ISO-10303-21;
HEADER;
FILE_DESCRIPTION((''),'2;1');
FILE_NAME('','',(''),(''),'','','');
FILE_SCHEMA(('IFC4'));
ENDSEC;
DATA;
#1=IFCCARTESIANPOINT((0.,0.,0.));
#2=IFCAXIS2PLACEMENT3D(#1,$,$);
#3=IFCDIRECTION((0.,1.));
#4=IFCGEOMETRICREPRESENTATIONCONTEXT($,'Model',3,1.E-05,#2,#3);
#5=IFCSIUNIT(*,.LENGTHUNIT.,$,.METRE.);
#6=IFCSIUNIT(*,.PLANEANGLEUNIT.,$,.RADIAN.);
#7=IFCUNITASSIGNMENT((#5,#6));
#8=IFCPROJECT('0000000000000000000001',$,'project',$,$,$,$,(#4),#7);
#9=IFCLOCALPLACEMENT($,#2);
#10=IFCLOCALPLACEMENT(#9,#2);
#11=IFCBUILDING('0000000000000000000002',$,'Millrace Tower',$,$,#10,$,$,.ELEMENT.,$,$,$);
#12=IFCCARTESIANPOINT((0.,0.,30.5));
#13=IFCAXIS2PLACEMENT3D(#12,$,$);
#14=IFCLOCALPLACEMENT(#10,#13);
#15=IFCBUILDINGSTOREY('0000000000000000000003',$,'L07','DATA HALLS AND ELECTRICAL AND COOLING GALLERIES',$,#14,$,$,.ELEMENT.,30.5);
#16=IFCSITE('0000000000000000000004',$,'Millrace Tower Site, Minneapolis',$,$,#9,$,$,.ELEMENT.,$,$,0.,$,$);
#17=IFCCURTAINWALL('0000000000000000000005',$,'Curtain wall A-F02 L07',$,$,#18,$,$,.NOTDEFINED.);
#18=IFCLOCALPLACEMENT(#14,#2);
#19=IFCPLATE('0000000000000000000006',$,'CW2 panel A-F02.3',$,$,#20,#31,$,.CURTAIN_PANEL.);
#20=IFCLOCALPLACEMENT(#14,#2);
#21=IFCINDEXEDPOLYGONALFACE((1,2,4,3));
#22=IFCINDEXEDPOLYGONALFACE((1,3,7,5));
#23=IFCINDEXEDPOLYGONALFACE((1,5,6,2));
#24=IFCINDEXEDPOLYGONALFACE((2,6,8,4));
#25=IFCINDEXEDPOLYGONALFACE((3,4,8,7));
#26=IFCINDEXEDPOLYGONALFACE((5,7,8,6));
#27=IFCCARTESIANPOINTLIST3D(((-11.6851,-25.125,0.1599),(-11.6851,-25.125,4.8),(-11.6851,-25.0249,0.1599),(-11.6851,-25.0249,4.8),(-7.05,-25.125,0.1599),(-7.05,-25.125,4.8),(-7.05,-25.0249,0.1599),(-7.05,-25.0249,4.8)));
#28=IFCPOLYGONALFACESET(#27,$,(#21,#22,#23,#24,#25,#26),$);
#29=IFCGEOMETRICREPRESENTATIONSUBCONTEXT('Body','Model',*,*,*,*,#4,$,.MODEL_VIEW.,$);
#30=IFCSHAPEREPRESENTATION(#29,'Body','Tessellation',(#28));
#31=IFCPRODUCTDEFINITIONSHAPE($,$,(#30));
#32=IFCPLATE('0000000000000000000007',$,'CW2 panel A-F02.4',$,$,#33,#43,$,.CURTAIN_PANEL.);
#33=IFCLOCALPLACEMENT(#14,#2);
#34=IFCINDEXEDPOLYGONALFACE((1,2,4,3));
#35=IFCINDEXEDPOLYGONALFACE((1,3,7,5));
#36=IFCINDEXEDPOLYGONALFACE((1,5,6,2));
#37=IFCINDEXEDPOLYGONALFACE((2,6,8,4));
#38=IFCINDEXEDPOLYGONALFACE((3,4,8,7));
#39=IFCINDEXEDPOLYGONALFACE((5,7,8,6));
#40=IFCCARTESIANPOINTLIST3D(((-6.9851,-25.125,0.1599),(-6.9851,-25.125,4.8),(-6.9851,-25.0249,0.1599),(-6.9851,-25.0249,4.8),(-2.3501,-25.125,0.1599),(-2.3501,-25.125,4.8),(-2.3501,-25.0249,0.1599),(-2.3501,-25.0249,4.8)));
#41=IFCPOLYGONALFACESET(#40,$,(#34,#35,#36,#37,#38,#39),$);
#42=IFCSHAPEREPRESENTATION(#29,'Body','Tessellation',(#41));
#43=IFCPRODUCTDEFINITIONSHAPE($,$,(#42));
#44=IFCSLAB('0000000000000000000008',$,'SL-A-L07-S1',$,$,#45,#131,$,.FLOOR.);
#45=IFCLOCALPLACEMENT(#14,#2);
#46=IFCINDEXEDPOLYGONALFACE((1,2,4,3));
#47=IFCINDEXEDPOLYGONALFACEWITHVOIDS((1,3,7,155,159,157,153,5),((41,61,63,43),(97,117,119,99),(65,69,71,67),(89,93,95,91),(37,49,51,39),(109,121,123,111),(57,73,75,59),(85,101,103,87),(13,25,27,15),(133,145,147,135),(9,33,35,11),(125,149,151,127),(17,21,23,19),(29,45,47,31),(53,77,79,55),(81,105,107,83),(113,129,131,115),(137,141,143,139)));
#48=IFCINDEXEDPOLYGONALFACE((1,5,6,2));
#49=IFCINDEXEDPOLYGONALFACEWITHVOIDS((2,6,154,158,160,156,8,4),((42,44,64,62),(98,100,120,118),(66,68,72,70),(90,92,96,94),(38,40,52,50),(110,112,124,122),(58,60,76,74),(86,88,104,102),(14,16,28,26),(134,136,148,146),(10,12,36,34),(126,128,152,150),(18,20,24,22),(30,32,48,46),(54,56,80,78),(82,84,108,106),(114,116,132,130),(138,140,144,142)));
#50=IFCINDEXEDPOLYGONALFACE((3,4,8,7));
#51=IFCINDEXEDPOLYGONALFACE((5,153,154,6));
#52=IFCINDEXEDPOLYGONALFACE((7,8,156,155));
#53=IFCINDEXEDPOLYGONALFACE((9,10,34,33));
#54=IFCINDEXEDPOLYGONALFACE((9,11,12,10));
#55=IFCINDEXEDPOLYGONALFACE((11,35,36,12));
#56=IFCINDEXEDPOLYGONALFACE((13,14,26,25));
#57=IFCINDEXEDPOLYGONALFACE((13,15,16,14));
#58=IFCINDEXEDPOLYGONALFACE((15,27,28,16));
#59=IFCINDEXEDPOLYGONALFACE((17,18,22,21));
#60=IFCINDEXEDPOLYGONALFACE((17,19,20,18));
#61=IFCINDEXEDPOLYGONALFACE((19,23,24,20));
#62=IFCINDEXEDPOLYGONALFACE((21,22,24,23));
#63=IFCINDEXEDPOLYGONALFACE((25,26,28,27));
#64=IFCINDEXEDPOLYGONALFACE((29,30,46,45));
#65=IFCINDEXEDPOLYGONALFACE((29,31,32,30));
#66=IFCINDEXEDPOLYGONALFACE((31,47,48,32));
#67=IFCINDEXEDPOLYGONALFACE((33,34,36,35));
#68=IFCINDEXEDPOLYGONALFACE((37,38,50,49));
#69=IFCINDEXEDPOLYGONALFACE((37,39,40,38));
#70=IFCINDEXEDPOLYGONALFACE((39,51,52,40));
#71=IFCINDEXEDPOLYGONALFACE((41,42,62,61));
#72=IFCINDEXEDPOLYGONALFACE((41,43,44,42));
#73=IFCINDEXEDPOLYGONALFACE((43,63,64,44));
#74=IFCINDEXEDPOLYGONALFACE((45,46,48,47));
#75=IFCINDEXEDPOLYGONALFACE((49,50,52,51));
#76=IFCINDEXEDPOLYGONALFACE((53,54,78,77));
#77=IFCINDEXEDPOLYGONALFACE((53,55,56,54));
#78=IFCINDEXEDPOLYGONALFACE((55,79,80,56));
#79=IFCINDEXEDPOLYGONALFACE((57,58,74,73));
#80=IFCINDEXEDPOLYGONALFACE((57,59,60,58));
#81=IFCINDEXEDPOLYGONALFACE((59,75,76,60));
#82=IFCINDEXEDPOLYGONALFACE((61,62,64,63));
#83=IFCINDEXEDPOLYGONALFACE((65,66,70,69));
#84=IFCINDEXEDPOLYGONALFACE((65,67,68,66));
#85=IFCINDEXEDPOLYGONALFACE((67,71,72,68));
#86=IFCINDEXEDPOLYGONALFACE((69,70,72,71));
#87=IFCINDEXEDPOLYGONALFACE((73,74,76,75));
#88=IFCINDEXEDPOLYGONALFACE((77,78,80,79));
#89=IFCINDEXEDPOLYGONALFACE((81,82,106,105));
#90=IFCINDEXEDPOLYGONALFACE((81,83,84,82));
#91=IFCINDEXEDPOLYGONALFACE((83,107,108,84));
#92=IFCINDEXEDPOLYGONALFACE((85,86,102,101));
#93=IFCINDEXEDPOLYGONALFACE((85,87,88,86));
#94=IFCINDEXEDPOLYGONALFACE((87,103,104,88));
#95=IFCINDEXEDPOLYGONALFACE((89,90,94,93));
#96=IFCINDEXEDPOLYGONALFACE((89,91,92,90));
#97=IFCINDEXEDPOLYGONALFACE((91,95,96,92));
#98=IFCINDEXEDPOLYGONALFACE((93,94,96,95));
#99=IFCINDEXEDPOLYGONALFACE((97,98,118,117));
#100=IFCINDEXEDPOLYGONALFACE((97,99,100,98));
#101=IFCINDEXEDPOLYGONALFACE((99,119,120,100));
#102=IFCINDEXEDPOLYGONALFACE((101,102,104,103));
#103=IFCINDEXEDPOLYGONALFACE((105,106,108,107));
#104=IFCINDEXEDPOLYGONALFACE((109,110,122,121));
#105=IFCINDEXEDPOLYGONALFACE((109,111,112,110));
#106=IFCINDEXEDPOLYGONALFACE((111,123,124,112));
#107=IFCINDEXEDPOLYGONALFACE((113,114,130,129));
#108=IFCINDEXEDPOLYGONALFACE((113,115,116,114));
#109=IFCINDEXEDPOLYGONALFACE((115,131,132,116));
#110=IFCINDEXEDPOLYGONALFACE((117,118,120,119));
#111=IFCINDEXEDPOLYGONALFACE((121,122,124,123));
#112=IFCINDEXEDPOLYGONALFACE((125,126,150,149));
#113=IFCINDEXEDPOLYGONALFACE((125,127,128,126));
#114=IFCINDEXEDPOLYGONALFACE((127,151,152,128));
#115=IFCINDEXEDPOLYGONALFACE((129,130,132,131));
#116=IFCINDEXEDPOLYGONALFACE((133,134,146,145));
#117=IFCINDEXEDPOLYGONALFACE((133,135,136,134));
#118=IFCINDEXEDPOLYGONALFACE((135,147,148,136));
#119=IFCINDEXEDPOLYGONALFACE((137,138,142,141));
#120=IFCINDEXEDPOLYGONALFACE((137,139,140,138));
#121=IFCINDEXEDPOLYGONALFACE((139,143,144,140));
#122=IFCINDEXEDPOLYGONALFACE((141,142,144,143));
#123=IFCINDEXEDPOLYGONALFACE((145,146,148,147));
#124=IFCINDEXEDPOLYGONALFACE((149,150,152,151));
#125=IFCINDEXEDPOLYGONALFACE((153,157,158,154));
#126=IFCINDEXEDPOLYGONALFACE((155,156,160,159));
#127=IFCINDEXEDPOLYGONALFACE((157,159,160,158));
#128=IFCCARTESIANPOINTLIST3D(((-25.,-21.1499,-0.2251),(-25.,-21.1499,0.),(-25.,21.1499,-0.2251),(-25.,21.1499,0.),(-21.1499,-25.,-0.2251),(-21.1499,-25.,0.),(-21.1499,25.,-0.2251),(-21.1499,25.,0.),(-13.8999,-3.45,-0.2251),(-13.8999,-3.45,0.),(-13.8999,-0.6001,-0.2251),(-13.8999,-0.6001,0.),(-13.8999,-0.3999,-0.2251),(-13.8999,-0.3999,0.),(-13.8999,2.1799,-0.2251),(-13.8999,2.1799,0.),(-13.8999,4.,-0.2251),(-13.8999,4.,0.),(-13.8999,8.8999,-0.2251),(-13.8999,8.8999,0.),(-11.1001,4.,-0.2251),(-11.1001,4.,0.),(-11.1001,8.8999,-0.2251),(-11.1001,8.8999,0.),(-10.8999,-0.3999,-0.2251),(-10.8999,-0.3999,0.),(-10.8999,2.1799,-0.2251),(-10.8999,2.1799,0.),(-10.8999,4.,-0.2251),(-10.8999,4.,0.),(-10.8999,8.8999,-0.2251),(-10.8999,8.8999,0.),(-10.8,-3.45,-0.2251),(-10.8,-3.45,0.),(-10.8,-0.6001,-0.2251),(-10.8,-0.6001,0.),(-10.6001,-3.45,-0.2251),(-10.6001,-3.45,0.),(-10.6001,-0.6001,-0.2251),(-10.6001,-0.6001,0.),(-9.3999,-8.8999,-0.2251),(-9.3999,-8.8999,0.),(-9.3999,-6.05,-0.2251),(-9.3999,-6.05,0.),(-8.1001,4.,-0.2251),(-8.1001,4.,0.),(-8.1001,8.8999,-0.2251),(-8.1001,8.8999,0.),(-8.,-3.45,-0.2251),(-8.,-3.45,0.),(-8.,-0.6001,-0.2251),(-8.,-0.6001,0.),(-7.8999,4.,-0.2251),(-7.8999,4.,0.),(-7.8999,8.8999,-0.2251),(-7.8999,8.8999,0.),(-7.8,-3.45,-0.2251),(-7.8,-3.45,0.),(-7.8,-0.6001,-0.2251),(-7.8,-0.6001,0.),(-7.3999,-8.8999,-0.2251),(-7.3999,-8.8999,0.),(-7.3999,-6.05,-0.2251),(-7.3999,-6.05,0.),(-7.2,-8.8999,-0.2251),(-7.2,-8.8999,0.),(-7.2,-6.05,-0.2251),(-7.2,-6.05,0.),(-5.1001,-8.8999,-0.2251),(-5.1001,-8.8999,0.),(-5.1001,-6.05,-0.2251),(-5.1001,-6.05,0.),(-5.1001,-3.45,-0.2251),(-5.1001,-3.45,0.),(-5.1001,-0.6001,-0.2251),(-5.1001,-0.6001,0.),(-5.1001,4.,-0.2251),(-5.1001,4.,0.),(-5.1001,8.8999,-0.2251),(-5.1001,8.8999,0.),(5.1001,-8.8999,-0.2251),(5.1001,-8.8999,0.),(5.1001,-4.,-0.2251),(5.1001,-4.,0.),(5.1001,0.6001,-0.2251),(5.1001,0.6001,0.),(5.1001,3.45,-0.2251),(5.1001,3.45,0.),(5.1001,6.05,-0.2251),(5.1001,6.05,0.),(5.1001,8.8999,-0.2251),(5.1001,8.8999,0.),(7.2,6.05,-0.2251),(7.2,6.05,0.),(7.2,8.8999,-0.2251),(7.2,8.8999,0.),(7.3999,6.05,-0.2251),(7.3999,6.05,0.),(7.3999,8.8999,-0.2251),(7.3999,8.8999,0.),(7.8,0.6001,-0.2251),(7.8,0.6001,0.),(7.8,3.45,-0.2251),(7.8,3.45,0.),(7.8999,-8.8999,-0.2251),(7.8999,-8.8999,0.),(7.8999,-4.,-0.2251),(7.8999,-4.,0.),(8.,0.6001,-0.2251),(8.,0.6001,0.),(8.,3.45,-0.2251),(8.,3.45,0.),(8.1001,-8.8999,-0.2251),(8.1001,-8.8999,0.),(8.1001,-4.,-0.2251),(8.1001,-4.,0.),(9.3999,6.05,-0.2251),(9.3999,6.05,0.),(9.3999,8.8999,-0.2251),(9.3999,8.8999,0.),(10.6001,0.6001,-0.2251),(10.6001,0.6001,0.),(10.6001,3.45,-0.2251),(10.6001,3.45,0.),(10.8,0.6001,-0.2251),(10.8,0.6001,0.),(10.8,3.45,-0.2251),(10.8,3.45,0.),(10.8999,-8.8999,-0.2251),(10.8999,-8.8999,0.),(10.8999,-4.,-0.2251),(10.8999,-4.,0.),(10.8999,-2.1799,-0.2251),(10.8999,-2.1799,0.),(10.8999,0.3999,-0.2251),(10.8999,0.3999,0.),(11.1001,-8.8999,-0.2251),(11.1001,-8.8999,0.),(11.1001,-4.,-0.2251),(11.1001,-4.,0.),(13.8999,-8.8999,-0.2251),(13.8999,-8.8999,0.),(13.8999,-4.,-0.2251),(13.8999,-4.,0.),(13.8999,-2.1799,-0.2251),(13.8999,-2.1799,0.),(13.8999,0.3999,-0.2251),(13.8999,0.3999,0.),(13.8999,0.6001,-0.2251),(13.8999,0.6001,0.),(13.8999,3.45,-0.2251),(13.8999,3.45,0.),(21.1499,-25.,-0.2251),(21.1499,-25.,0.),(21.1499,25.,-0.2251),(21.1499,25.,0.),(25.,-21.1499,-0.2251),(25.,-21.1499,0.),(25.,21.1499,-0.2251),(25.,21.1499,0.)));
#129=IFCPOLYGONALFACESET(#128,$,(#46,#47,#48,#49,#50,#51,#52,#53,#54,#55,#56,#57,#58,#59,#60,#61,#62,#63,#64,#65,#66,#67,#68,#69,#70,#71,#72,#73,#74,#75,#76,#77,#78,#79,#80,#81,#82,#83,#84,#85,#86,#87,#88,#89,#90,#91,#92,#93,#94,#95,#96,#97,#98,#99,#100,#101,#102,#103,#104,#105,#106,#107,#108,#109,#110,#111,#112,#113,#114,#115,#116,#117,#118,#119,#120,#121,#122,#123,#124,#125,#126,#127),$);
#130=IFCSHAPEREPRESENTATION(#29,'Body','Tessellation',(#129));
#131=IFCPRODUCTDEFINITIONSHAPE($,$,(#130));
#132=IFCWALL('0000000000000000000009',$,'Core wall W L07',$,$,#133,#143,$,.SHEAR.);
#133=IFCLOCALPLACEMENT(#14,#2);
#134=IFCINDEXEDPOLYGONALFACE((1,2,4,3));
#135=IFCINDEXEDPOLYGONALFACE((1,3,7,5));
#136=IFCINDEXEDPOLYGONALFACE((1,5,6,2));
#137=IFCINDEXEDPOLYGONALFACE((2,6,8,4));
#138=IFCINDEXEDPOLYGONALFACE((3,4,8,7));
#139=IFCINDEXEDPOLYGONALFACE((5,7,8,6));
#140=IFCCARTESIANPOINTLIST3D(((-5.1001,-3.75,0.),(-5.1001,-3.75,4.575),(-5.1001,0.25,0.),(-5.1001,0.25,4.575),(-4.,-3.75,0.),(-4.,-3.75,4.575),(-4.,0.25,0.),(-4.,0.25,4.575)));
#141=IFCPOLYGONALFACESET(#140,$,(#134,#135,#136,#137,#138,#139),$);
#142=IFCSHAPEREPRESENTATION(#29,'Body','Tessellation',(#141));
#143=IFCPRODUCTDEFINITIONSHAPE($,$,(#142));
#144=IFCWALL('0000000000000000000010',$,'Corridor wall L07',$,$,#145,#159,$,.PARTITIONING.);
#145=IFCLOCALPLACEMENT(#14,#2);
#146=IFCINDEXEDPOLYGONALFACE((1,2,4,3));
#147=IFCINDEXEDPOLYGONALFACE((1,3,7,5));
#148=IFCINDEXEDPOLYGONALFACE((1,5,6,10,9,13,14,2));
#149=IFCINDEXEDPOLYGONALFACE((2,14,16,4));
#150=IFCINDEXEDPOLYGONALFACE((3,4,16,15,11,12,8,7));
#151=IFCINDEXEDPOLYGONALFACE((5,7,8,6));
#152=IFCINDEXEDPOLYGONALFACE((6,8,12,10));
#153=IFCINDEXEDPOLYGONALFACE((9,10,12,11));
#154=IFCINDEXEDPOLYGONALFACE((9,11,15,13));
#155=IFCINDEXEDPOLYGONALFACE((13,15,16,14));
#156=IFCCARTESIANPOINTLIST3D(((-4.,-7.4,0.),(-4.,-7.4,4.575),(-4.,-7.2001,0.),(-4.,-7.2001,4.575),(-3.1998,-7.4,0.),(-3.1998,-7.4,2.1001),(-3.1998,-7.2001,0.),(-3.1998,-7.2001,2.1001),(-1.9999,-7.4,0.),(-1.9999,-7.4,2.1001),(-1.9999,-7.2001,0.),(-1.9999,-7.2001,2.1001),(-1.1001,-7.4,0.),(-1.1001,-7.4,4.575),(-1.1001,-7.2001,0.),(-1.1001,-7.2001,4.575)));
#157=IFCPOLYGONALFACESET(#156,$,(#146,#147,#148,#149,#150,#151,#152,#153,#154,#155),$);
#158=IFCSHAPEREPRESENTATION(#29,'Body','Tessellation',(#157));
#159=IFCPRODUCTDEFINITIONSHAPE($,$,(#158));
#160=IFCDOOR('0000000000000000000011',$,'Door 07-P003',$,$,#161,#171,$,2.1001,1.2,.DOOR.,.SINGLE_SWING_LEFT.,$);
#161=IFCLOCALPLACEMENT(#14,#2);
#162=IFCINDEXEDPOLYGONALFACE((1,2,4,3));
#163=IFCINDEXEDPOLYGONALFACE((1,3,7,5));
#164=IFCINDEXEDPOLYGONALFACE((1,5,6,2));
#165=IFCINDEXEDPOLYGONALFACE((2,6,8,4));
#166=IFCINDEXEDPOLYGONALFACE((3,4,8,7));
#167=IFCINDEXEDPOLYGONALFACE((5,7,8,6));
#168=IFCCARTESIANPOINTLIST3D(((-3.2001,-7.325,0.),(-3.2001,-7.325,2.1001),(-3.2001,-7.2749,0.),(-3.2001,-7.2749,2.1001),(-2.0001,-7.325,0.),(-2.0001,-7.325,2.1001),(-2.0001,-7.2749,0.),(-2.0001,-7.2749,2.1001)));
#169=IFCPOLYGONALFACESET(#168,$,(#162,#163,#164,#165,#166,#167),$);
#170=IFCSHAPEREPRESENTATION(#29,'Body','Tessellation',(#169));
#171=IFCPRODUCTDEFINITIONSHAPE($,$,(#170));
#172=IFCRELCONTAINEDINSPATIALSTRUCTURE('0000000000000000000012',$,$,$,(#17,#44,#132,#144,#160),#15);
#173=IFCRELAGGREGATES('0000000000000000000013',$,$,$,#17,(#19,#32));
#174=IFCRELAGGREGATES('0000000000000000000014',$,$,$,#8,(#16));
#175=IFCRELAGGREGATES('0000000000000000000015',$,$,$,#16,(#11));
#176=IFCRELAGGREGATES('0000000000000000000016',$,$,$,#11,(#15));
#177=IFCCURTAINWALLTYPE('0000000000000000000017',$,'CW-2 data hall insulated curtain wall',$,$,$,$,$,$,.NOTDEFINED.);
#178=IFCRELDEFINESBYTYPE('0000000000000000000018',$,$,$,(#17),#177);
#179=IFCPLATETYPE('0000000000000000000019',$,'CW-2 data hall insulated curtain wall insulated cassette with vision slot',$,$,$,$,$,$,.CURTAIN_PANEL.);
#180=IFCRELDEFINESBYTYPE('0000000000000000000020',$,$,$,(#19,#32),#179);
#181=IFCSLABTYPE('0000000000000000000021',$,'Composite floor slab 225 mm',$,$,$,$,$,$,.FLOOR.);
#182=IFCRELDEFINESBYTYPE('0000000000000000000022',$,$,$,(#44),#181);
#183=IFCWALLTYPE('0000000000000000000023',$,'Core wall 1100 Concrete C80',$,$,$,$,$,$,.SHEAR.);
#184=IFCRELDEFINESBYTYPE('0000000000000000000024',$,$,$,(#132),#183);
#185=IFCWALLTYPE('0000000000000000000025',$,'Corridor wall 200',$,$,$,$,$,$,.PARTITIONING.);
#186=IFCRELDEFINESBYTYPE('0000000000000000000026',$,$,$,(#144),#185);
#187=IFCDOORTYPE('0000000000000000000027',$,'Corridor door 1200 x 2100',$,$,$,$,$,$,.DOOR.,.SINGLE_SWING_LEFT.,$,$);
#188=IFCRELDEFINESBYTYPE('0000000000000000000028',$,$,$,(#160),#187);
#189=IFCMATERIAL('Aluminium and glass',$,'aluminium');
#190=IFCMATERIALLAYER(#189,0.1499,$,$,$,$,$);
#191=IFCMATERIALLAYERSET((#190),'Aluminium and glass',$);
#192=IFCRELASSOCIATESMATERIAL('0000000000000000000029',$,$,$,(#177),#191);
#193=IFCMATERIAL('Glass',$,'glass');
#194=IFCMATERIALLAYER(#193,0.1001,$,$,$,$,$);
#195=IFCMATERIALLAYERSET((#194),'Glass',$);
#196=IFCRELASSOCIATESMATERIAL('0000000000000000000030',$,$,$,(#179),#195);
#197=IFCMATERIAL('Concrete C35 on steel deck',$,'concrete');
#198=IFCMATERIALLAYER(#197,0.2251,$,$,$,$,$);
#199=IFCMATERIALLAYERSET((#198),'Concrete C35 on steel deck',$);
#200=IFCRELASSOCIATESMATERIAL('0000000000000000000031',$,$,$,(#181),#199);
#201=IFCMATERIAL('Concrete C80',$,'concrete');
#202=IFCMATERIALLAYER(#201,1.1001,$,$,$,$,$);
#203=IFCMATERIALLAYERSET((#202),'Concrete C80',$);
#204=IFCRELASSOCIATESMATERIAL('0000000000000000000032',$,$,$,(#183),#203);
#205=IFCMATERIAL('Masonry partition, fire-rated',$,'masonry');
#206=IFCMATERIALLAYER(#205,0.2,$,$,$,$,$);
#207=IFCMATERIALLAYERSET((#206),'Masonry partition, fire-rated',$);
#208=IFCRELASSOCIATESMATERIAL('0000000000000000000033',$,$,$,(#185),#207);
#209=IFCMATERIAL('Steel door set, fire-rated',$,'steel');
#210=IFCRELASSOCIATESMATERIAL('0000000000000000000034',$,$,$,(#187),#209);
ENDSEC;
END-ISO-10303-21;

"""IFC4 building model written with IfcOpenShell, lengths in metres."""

from ifc_helpers import new_model, si_unit, direction, frame, frame_2d, origin, place, context, subcontext, project, spatial, polyline, rectangle, outline, extrude, material, layer, layer_set, type_object, element, fill, aggregate, save


model = new_model("IFC4")

# Units and contexts
model_context = context("Model", 3, precision=1e-05, world=origin(), true_north=direction((0.0, 1.0)))
body_context = subcontext(model_context, "Body", "Model", "MODEL_VIEW")
ifc_project = project(units=[si_unit("LENGTHUNIT", "METRE"), si_unit("PLANEANGLEUNIT", "RADIAN")], contexts=[model_context])

# Site, building, storey
site_placement = place(None, origin())
site = spatial("IfcSite", under=ifc_project, at=site_placement, Name="Millrace Tower Site, Minneapolis", CompositionType="ELEMENT", RefElevation=0.0)
building_placement = place(site_placement, origin())
building = spatial("IfcBuilding", under=site, at=building_placement, Name="Millrace Tower", CompositionType="ELEMENT")
storey_placement = place(building_placement, frame((0.0, 0.0, 30.5)))
storey = spatial("IfcBuildingStorey", under=building, at=storey_placement, Name="L07", Description="DATA HALLS AND ELECTRICAL AND COOLING GALLERIES", CompositionType="ELEMENT", Elevation=30.5)

# Shared definitions
ifc_material_1 = material(Name="Aluminium and glass", Category="aluminium")
ifc_layer_1 = layer(ifc_material_1, 0.1499)
ifc_layer_set_1 = layer_set([ifc_layer_1], Name="Aluminium and glass")
curtain_wall_type = type_object("IfcCurtainWallType", Name="CW-2 data hall insulated curtain wall", PredefinedType="NOTDEFINED", material=ifc_layer_set_1)
placement_1 = place(storey_placement, origin())
ifc_material_2 = material(Name="Glass", Category="glass")
ifc_layer_2 = layer(ifc_material_2, 0.1001)
ifc_layer_set_2 = layer_set([ifc_layer_2], Name="Glass")
plate_type = type_object("IfcPlateType", Name="CW-2 data hall insulated curtain wall insulated cassette with vision slot", PredefinedType="CURTAIN_PANEL", material=ifc_layer_set_2)
placement_2 = place(storey_placement, frame((0.0, 0.0, 0.1599)))

# Curtain wall, plates
curtain_wall_1 = element("IfcCurtainWall", 1, at=placement_1, inside=storey, type_object=curtain_wall_type, Name="Curtain wall A-F02 L07", PredefinedType="NOTDEFINED")
plate_1 = element("IfcPlate", 2, at=placement_2, type_object=plate_type, Name="CW2 panel A-F02.3", PredefinedType="CURTAIN_PANEL", context=body_context, shape_type="SweptSolid", body=[
    extrude(outline(polyline([(-11.6851, -25.125), (-7.05, -25.125), (-7.05, -25.0249), (-11.6851, -25.0249), (-11.6851, -25.125)])), origin(), (0.0, 0.0, 1.0), 4.6401),
])
plate_2 = element("IfcPlate", 3, at=placement_2, type_object=plate_type, Name="CW2 panel A-F02.4", PredefinedType="CURTAIN_PANEL", context=body_context, shape_type="SweptSolid", body=[
    extrude(outline(polyline([(-6.9851, -25.125), (-2.3501, -25.125), (-2.3501, -25.0249), (-6.9851, -25.0249), (-6.9851, -25.125)])), origin(), (0.0, 0.0, 1.0), 4.6401),
])
aggregate(curtain_wall_1, [plate_1, plate_2])

# Slab
ifc_material_3 = material(Name="Concrete C35 on steel deck", Category="concrete")
ifc_layer_3 = layer(ifc_material_3, 0.2251)
ifc_layer_set_3 = layer_set([ifc_layer_3], Name="Concrete C35 on steel deck")
slab_type = type_object("IfcSlabType", Name="Composite floor slab 225 mm", PredefinedType="FLOOR", material=ifc_layer_set_3)
slab_placement = place(storey_placement, frame((0.0, 0.0, -0.2251)))
element("IfcSlab", 4, at=slab_placement, inside=storey, type_object=slab_type, Name="SL-A-L07-S1", PredefinedType="FLOOR", context=body_context, shape_type="SweptSolid", body=[
    extrude(outline(polyline([(-25.0, -21.1499), (-21.1499, -25.0), (21.1499, -25.0), (25.0, -21.1499), (25.0, 21.1499), (21.1499, 25.0), (-21.1499, 25.0), (-25.0, 21.1499), (-25.0, -21.1499)]), holes=[polyline([(-9.3999, -8.8999), (-7.3999, -8.8999), (-7.3999, -6.05), (-9.3999, -6.05), (-9.3999, -8.8999)]), polyline([(-7.2, -8.8999), (-5.1001, -8.8999), (-5.1001, -6.05), (-7.2, -6.05), (-7.2, -8.8999)]), polyline([(-13.8999, -3.45), (-10.8, -3.45), (-10.8, -0.6001), (-13.8999, -0.6001), (-13.8999, -3.45)]), polyline([(-10.6001, -3.45), (-8.0, -3.45), (-8.0, -0.6001), (-10.6001, -0.6001), (-10.6001, -3.45)]), polyline([(-7.8, -3.45), (-5.1001, -3.45), (-5.1001, -0.6001), (-7.8, -0.6001), (-7.8, -3.45)]), polyline([(-13.8999, -0.3999), (-10.8999, -0.3999), (-10.8999, 2.1799), (-13.8999, 2.1799), (-13.8999, -0.3999)]), polyline([(-13.8999, 4.0), (-11.1001, 4.0), (-11.1001, 8.8999), (-13.8999, 8.8999), (-13.8999, 4.0)]), polyline([(-10.8999, 4.0), (-8.1001, 4.0), (-8.1001, 8.8999), (-10.8999, 8.8999), (-10.8999, 4.0)]), polyline([(-7.8999, 4.0), (-5.1001, 4.0), (-5.1001, 8.8999), (-7.8999, 8.8999), (-7.8999, 4.0)]), polyline([(7.3999, 6.05), (9.3999, 6.05), (9.3999, 8.8999), (7.3999, 8.8999), (7.3999, 6.05)]), polyline([(5.1001, 6.05), (7.2, 6.05), (7.2, 8.8999), (5.1001, 8.8999), (5.1001, 6.05)]), polyline([(10.8, 0.6001), (13.8999, 0.6001), (13.8999, 3.45), (10.8, 3.45), (10.8, 0.6001)]), polyline([(8.0, 0.6001), (10.6001, 0.6001), (10.6001, 3.45), (8.0, 3.45), (8.0, 0.6001)]), polyline([(5.1001, 0.6001), (7.8, 0.6001), (7.8, 3.45), (5.1001, 3.45), (5.1001, 0.6001)]), polyline([(10.8999, -2.1799), (13.8999, -2.1799), (13.8999, 0.3999), (10.8999, 0.3999), (10.8999, -2.1799)]), polyline([(11.1001, -8.8999), (13.8999, -8.8999), (13.8999, -4.0), (11.1001, -4.0), (11.1001, -8.8999)]), polyline([(8.1001, -8.8999), (10.8999, -8.8999), (10.8999, -4.0), (8.1001, -4.0), (8.1001, -8.8999)]), polyline([(5.1001, -8.8999), (7.8999, -8.8999), (7.8999, -4.0), (5.1001, -4.0), (5.1001, -8.8999)])]), origin(), (0.0, 0.0, 1.0), 0.2251),
])

# Wall
ifc_material_4 = material(Name="Concrete C80", Category="concrete")
ifc_layer_4 = layer(ifc_material_4, 1.1001)
ifc_layer_set_4 = layer_set([ifc_layer_4], Name="Concrete C80")
wall_type_1 = type_object("IfcWallType", Name="Core wall 1100 Concrete C80", PredefinedType="SHEAR", material=ifc_layer_set_4)
wall_1_placement = place(storey_placement, frame((-4.55, -3.75, 0.0), z_axis=(0.0, 0.0, 1.0), x_axis=(0.0, 1.0, 0.0)))
element("IfcWall", 5, at=wall_1_placement, inside=storey, type_object=wall_type_1, Name="Core wall W L07", PredefinedType="SHEAR", context=body_context, shape_type="SweptSolid", body=[
    extrude(rectangle(XDim=4.0, YDim=1.1001, at=frame_2d((2.0, 0.0))), origin(), (0.0, 0.0, 1.0), 4.575),
])

# Wall, opening, door
ifc_material_5 = material(Name="Masonry partition, fire-rated", Category="masonry")
ifc_layer_5 = layer(ifc_material_5, 0.2)
ifc_layer_set_5 = layer_set([ifc_layer_5], Name="Masonry partition, fire-rated")
wall_type_2 = type_object("IfcWallType", Name="Corridor wall 200", PredefinedType="PARTITIONING", material=ifc_layer_set_5)
wall_2_placement = place(storey_placement, frame((-4.0, -7.3, 0.0), z_axis=(0.0, 0.0, 1.0), x_axis=(1.0, 0.0, 0.0)))
wall_2 = element("IfcWall", 6, at=wall_2_placement, inside=storey, type_object=wall_type_2, Name="Corridor wall L07", PredefinedType="PARTITIONING", context=body_context, shape_type="SweptSolid", body=[
    extrude(rectangle(XDim=2.8999, YDim=0.2, at=frame_2d((1.45, 0.0))), origin(), (0.0, 0.0, 1.0), 4.575),
])
opening_placement = place(wall_2_placement, frame((0.8, 0.0, 0.0)))
opening = element("IfcOpeningElement", 7, at=opening_placement, cuts=wall_2, PredefinedType="OPENING", context=body_context, shape_type="SweptSolid", body=[
    extrude(rectangle(XDim=1.2, YDim=2.1001, at=frame_2d((0.6001, 1.05))), frame((0.0, 0.1099, 0.0), z_axis=(0.0, -1.0, 0.0), x_axis=(1.0, 0.0, 0.0)), (0.0, 0.0, 1.0), 0.22),
])
ifc_material_6 = material(Name="Steel door set, fire-rated", Category="steel")
door_type = type_object("IfcDoorType", Name="Corridor door 1200 x 2100", OperationType="SINGLE_SWING_LEFT", PredefinedType="DOOR", material=ifc_material_6)
door_placement = place(opening_placement, frame((1.2, 0.0, 0.0), z_axis=(0.0, 0.0, 1.0), x_axis=(-1.0, 0.0, 0.0)))
door = element("IfcDoor", 8, at=door_placement, inside=storey, type_object=door_type, Name="Door 07-P003", OperationType="SINGLE_SWING_LEFT", OverallHeight=2.1001, OverallWidth=1.2, PredefinedType="DOOR", context=body_context, shape_type="SweptSolid", body=[
    extrude(rectangle(XDim=1.2, YDim=2.1001, at=frame_2d((0.6001, 1.05))), frame((0.0, 0.0249, 0.0), z_axis=(0.0, -1.0, 0.0), x_axis=(1.0, 0.0, 0.0)), (0.0, 0.0, 1.0), 0.05),
])
fill(opening, door)

save(model, "model.ifc")
